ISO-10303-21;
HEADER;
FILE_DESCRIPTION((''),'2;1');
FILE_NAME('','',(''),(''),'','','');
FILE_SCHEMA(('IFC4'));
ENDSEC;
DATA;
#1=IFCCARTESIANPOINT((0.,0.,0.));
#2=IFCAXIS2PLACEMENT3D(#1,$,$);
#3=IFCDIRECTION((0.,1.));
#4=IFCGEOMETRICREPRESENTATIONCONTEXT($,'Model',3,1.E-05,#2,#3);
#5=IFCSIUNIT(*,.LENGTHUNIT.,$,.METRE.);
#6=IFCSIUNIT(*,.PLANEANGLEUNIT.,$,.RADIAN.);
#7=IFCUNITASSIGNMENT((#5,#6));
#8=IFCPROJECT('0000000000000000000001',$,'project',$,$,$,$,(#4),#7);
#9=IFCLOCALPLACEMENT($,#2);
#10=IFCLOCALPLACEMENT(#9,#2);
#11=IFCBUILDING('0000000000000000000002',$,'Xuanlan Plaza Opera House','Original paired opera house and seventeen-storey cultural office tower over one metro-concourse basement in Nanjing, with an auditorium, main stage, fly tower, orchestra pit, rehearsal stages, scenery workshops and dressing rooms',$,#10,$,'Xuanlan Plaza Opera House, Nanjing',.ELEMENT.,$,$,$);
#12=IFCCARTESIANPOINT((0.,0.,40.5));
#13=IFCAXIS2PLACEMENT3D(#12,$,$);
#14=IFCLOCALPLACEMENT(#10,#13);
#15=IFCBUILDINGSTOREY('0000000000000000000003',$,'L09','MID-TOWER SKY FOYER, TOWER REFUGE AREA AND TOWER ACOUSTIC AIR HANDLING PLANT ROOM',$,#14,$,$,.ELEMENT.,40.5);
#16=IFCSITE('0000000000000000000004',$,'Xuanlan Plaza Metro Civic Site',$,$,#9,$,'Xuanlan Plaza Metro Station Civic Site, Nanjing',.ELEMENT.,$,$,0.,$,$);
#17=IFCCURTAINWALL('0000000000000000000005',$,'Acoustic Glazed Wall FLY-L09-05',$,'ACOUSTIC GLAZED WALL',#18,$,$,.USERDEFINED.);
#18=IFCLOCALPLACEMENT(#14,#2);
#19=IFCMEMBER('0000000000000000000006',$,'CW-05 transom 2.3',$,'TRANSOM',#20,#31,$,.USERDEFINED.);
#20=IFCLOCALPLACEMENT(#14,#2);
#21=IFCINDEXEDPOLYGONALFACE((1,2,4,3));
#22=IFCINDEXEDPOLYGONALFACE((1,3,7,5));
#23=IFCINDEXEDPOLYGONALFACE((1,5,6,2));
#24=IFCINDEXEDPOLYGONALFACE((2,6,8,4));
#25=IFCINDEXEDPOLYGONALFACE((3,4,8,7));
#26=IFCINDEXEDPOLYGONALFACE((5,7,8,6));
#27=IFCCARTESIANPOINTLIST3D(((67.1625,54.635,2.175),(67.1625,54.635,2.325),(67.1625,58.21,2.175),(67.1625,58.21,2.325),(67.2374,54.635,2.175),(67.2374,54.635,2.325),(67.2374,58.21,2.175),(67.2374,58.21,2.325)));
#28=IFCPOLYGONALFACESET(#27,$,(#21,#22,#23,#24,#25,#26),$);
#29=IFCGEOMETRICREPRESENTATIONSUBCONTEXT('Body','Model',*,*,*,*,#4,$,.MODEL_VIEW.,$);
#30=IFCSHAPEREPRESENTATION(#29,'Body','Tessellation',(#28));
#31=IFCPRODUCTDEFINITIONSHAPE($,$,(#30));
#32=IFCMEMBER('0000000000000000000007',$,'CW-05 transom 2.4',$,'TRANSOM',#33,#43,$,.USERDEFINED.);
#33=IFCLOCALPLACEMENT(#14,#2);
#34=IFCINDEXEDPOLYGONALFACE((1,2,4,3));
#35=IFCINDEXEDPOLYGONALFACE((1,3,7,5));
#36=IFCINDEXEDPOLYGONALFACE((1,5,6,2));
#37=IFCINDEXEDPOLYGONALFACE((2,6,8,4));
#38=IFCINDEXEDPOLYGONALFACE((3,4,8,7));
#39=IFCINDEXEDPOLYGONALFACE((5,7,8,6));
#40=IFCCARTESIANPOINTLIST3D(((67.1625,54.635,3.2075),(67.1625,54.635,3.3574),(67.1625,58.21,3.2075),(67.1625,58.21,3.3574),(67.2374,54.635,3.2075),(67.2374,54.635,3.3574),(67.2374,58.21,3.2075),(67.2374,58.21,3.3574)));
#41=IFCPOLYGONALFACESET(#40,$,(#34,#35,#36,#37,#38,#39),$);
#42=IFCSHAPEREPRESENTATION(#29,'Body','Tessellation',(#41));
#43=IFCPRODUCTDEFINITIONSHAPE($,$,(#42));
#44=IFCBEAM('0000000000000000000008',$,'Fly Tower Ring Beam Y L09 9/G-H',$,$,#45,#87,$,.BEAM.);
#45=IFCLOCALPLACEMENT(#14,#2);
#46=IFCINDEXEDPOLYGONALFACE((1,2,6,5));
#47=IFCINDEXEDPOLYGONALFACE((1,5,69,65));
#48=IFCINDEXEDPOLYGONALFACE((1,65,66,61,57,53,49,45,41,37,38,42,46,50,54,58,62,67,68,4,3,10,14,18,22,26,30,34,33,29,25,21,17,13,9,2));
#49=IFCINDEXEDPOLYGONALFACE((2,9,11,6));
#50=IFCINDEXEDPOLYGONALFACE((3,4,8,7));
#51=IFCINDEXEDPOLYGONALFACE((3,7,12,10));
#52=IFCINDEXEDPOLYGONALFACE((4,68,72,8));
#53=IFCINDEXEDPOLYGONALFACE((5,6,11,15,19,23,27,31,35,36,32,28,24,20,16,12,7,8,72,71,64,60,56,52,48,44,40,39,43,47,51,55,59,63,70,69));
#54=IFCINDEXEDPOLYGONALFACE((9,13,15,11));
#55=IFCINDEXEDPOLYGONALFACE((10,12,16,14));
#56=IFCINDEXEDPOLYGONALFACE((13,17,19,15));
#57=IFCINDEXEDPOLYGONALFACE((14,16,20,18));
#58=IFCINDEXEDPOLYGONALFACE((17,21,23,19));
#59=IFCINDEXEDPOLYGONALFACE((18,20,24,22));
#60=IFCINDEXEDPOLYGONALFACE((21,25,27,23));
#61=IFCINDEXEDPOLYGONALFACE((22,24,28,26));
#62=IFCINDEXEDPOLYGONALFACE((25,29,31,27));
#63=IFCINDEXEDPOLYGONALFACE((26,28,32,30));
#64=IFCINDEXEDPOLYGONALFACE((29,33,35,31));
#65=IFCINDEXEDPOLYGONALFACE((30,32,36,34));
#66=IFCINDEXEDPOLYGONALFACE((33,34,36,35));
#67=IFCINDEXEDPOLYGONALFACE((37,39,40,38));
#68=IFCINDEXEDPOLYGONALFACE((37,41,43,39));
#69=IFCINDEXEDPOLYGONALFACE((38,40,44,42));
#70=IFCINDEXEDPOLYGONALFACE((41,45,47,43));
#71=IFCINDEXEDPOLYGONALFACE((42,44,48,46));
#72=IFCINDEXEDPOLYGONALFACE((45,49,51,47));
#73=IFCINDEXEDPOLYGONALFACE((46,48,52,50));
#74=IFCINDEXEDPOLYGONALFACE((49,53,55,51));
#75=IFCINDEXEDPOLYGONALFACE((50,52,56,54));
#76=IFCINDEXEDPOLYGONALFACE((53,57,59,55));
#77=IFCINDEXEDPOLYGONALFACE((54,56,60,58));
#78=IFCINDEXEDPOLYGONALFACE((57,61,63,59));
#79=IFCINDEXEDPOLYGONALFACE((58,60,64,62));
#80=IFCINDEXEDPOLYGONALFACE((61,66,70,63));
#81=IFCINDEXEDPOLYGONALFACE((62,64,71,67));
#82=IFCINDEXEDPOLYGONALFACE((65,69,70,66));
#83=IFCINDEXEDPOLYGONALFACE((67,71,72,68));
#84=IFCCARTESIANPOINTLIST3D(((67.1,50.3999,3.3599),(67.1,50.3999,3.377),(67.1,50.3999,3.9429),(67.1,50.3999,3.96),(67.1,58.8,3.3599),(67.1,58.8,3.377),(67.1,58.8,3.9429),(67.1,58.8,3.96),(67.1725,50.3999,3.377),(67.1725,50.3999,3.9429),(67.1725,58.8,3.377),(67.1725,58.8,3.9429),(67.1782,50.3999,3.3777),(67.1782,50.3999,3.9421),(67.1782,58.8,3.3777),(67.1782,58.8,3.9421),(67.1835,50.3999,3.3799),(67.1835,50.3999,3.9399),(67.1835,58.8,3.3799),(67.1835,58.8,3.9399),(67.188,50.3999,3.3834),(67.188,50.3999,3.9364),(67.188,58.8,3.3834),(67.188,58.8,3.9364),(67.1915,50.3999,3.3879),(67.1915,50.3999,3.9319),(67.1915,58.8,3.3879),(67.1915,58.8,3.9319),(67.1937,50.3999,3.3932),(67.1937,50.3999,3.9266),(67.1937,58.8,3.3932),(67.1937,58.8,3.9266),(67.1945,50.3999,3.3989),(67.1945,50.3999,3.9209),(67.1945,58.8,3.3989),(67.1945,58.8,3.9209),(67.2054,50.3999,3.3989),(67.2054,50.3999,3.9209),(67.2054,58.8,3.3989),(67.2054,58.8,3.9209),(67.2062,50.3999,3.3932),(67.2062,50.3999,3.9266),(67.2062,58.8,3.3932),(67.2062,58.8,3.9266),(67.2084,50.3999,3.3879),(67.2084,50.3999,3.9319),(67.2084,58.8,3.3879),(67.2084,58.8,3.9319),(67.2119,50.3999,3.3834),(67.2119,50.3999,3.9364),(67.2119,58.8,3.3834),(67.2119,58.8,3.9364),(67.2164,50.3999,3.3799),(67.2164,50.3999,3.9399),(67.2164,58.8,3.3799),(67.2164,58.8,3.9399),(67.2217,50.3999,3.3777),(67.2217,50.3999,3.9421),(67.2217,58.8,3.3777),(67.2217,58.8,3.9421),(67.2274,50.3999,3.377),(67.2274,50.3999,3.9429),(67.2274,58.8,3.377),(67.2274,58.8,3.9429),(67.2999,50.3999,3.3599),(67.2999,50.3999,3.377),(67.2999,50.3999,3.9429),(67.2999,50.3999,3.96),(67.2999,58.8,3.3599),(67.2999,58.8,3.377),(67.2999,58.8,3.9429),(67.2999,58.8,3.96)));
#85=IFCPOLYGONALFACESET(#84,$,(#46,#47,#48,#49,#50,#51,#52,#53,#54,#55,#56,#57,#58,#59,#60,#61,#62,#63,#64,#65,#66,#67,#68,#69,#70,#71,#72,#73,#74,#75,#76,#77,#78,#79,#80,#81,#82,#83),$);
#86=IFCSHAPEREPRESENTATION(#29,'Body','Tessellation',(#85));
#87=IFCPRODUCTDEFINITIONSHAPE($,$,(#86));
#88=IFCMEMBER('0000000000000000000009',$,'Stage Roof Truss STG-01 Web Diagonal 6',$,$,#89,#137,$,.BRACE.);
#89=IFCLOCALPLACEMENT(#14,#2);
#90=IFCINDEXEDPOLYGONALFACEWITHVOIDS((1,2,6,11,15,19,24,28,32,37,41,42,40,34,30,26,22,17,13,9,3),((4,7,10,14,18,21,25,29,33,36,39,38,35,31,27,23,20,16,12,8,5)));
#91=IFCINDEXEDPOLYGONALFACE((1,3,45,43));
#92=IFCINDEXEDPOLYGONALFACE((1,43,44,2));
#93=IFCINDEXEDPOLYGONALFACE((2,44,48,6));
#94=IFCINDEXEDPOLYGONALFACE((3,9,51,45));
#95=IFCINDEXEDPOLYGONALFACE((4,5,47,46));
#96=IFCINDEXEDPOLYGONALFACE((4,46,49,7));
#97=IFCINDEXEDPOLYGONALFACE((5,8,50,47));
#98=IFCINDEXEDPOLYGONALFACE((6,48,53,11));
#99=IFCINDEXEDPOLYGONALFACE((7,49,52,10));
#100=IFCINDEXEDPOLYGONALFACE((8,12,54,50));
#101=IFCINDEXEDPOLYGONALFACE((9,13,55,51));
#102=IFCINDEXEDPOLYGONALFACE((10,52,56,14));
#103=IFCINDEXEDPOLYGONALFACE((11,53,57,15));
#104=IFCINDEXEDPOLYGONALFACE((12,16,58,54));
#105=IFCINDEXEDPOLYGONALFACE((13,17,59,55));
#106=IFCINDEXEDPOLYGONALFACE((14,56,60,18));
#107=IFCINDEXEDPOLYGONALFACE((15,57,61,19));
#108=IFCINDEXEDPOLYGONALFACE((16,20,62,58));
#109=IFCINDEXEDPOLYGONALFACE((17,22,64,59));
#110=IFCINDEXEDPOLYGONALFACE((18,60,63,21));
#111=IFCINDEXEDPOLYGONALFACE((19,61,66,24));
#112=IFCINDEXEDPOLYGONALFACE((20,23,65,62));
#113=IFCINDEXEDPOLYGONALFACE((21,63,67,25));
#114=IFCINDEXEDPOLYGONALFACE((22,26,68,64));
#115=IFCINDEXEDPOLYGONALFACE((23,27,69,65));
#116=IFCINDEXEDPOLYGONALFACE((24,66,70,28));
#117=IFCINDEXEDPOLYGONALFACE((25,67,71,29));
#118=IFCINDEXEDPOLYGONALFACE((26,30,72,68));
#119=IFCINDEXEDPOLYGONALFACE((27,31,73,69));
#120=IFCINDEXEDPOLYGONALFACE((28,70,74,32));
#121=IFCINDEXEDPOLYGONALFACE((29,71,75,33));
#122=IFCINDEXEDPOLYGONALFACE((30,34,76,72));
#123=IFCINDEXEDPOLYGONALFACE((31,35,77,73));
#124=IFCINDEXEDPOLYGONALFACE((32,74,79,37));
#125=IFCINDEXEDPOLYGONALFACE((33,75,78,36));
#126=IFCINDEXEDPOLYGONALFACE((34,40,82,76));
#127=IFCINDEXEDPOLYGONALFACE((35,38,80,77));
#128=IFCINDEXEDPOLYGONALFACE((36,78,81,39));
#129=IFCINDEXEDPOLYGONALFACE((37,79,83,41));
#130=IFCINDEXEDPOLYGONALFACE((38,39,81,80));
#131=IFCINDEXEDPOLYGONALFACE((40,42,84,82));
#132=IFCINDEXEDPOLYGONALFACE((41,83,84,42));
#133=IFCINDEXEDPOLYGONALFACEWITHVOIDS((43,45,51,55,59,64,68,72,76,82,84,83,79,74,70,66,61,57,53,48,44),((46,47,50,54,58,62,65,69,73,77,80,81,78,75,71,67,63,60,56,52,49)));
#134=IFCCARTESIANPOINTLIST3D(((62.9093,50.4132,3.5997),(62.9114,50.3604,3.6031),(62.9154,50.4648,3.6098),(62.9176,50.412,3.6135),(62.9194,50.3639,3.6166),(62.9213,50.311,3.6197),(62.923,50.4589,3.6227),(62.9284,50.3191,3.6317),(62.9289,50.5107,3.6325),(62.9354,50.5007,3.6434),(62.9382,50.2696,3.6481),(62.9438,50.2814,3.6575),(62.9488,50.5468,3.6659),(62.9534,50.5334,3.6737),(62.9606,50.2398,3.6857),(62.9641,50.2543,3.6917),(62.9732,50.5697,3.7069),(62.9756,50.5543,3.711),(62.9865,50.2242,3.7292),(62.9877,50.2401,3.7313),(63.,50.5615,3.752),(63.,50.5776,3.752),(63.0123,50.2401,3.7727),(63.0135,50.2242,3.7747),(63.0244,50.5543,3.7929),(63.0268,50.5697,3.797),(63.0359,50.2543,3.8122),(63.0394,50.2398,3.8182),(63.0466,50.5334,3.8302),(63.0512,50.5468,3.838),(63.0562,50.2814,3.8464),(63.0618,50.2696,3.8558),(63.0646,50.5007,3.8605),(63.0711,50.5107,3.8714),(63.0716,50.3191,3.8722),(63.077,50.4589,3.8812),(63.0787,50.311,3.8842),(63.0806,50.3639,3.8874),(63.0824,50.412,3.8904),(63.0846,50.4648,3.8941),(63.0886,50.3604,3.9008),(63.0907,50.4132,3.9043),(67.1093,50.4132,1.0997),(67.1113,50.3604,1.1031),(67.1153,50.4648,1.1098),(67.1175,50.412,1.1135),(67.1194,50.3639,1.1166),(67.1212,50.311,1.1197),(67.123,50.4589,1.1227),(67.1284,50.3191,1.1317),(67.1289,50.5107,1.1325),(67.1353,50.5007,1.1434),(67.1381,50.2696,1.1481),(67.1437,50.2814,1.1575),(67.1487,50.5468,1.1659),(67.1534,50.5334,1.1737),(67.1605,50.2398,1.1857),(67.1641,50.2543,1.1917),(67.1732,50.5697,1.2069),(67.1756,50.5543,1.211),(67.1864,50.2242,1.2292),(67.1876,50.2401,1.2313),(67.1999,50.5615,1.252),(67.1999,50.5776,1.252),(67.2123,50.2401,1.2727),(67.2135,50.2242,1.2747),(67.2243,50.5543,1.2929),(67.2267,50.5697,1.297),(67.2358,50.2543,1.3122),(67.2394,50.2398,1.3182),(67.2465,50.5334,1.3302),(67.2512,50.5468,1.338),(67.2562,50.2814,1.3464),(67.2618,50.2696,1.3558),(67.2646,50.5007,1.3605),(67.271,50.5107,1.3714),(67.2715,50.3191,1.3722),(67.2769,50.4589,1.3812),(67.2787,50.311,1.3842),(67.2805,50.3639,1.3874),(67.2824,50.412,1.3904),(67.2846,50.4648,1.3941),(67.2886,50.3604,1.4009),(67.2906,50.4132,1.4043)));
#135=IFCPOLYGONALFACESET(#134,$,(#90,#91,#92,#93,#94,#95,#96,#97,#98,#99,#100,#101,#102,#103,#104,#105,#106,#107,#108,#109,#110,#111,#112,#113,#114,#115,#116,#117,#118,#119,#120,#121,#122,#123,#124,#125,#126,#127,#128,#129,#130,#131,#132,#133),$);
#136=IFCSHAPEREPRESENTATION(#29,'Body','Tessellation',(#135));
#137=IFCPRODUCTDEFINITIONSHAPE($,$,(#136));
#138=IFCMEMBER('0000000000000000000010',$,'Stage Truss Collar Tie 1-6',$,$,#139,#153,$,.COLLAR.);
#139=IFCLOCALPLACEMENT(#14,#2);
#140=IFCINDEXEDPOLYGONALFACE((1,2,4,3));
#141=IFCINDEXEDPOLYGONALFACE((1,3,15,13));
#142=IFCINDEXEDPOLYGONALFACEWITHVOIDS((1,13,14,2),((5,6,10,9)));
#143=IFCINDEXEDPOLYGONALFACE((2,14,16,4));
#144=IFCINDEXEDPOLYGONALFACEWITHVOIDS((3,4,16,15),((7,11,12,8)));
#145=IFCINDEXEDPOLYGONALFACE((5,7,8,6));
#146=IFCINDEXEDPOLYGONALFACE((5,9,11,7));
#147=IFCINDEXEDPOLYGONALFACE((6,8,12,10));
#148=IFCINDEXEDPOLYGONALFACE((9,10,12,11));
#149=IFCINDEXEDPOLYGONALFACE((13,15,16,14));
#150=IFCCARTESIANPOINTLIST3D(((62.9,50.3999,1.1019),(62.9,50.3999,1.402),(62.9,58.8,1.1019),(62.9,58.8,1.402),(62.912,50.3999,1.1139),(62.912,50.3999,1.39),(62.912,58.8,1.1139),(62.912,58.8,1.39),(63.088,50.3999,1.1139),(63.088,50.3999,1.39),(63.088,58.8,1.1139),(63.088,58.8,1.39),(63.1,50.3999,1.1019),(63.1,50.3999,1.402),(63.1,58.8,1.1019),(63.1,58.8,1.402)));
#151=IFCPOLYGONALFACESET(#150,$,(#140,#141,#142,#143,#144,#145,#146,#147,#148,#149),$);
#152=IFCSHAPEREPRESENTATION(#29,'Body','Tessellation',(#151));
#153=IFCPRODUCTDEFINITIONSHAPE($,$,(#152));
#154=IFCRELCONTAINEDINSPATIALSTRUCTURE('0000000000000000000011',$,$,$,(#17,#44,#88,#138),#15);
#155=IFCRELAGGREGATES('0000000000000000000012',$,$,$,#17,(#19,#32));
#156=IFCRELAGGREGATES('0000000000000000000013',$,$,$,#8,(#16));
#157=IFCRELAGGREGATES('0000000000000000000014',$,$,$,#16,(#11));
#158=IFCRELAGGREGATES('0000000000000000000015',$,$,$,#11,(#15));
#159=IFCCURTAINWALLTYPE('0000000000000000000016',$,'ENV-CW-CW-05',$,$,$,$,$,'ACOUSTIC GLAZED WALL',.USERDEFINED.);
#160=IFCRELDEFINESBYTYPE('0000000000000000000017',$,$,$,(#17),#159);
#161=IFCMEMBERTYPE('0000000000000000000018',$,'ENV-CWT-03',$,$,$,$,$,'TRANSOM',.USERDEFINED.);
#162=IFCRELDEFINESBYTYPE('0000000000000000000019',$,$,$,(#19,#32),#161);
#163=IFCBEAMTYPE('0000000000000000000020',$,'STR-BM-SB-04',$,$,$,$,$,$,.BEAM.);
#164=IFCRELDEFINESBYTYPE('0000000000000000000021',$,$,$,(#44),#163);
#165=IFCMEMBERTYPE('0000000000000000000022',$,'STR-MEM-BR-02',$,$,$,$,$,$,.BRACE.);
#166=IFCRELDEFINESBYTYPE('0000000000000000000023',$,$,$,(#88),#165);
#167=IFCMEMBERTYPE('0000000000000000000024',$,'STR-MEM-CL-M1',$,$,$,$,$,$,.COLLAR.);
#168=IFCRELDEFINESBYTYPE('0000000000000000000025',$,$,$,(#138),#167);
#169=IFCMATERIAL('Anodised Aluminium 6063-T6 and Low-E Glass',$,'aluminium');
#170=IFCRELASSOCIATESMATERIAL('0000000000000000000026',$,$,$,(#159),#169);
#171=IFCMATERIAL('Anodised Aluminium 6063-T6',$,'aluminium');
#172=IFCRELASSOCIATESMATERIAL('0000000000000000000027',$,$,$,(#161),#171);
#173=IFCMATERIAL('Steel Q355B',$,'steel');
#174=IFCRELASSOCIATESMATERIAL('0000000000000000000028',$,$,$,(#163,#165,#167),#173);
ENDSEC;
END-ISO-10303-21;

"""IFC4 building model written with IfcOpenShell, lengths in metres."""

from ifc_helpers import new_model, si_unit, direction, frame, origin, origin_2d, place, context, subcontext, project, spatial, rectangle, hollow_rectangle, hollow_circle, i_section, extrude, material, material_profile, profile_set, type_object, element, aggregate, save


model = new_model("IFC4")

# Units and contexts
model_context = context("Model", 3, precision=1e-05, world=origin(), true_north=direction((0.0, 1.0)))
body_context = subcontext(model_context, "Body", "Model", "MODEL_VIEW")
ifc_project = project(units=[si_unit("LENGTHUNIT", "METRE"), si_unit("PLANEANGLEUNIT", "RADIAN")], contexts=[model_context])

# Site, building, storey
site_placement = place(None, origin())
site = spatial("IfcSite", under=ifc_project, at=site_placement, Name="Xuanlan Plaza Metro Civic Site", LongName="Xuanlan Plaza Metro Station Civic Site, Nanjing", CompositionType="ELEMENT", RefElevation=0.0)
building_placement = place(site_placement, origin())
building = spatial("IfcBuilding", under=site, at=building_placement, Name="Xuanlan Plaza Opera House", Description="Original paired opera house and seventeen-storey cultural office tower over one metro-concourse basement in Nanjing, with an auditorium, main stage, fly tower, orchestra pit, rehearsal stages, scenery workshops and dressing rooms", LongName="Xuanlan Plaza Opera House, Nanjing", CompositionType="ELEMENT")
storey_placement = place(building_placement, frame((0.0, 0.0, 40.5)))
storey = spatial("IfcBuildingStorey", under=building, at=storey_placement, Name="L09", Description="MID-TOWER SKY FOYER, TOWER REFUGE AREA AND TOWER ACOUSTIC AIR HANDLING PLANT ROOM", CompositionType="ELEMENT", Elevation=40.5)

# Shared definitions
ifc_material_1 = material(Name="Anodised Aluminium 6063-T6 and Low-E Glass", Category="aluminium")
curtain_wall_type = type_object("IfcCurtainWallType", Name="ENV-CW-CW-05", ElementType="ACOUSTIC GLAZED WALL", PredefinedType="USERDEFINED", material=ifc_material_1)
ifc_material_2 = material(Name="Anodised Aluminium 6063-T6", Category="aluminium")

# Curtain wall
curtain_wall_1_placement = place(storey_placement, origin())
curtain_wall_1 = element("IfcCurtainWall", 1, at=curtain_wall_1_placement, inside=storey, type_object=curtain_wall_type, Name="Acoustic Glazed Wall FLY-L09-05", ObjectType="ACOUSTIC GLAZED WALL", PredefinedType="USERDEFINED")

# Members
ifc_material_profile_1 = material_profile(ifc_material_2, rectangle(XDim=0.075, YDim=0.1499, at=origin_2d()), Name="ALU-T 75x150")
ifc_profile_set_1 = profile_set([ifc_material_profile_1], Name="Anodised Aluminium 6063-T6")
member_type_1 = type_object("IfcMemberType", Name="ENV-CWT-03", ElementType="TRANSOM", PredefinedType="USERDEFINED", material=ifc_profile_set_1)
member_1_placement = place(storey_placement, frame((67.2, 54.635, 2.25), z_axis=(0.0, 1.0, 0.0), x_axis=(-1.0, 0.0, 0.0)))
member_1 = element("IfcMember", 2, at=member_1_placement, type_object=member_type_1, Name="CW-05 transom 2.3", ObjectType="TRANSOM", PredefinedType="USERDEFINED", context=body_context, shape_type="SweptSolid", body=[
    extrude(rectangle(XDim=0.075, YDim=0.1499, at=origin_2d()), origin(), (0.0, 0.0, 1.0), 3.575),
])
member_2_placement = place(storey_placement, frame((67.2, 54.635, 3.2825), z_axis=(0.0, 1.0, 0.0), x_axis=(-1.0, 0.0, 0.0)))
member_2 = element("IfcMember", 3, at=member_2_placement, type_object=member_type_1, Name="CW-05 transom 2.4", ObjectType="TRANSOM", PredefinedType="USERDEFINED", context=body_context, shape_type="SweptSolid", body=[
    extrude(rectangle(XDim=0.075, YDim=0.1499, at=origin_2d()), origin(), (0.0, 0.0, 1.0), 3.575),
])

# Beam
ifc_material_3 = material(Name="Steel Q355B", Category="steel")
ifc_material_profile_2 = material_profile(ifc_material_3, i_section(OverallWidth=0.2, OverallDepth=0.6001, WebThickness=0.011, FlangeThickness=0.0171, FilletRadius=0.022, at=origin_2d()), Name="HN 600x200x11x17")
ifc_profile_set_2 = profile_set([ifc_material_profile_2], Name="Steel Q355B")
beam_type = type_object("IfcBeamType", Name="STR-BM-SB-04", PredefinedType="BEAM", material=ifc_profile_set_2)
beam_placement = place(storey_placement, frame((67.2, 50.3999, 3.6599), z_axis=(0.0, 1.0, 0.0), x_axis=(-1.0, 0.0, 0.0)))
element("IfcBeam", 4, at=beam_placement, inside=storey, type_object=beam_type, Name="Fly Tower Ring Beam Y L09 9/G-H", PredefinedType="BEAM", context=body_context, shape_type="SweptSolid", body=[
    extrude(i_section(OverallWidth=0.2, OverallDepth=0.6001, WebThickness=0.011, FlangeThickness=0.0171, FilletRadius=0.022, at=origin_2d()), origin(), (0.0, 0.0, 1.0), 8.4001),
])

# Members
ifc_material_profile_3 = material_profile(ifc_material_3, hollow_circle(Radius=0.1777, WallThickness=0.0161, at=origin_2d()), Name="CHS 355.6x16")
ifc_profile_set_3 = profile_set([ifc_material_profile_3], Name="Steel Q355B")
member_type_2 = type_object("IfcMemberType", Name="STR-MEM-BR-02", PredefinedType="BRACE", material=ifc_profile_set_3)
member_3_placement = place(storey_placement, frame((63.0, 50.3999, 3.752), z_axis=(0.85929, 0.0, -0.511488), x_axis=(0.0, 1.0, 0.0)))
element("IfcMember", 5, at=member_3_placement, inside=storey, type_object=member_type_2, Name="Stage Roof Truss STG-01 Web Diagonal 6", PredefinedType="BRACE", context=body_context, shape_type="SweptSolid", body=[
    extrude(hollow_circle(Radius=0.1777, WallThickness=0.0161, at=origin_2d()), origin(), (0.0, 0.0, 1.0), 4.8877),
])
ifc_material_profile_4 = material_profile(ifc_material_3, hollow_rectangle(XDim=0.2, YDim=0.3, WallThickness=0.012, at=origin_2d()), Name="RHS 300x200x12")
ifc_profile_set_4 = profile_set([ifc_material_profile_4], Name="Steel Q355B")
member_type_3 = type_object("IfcMemberType", Name="STR-MEM-CL-M1", PredefinedType="COLLAR", material=ifc_profile_set_4)
member_4_placement = place(storey_placement, frame((63.0, 50.3999, 1.252), z_axis=(0.0, 1.0, 0.0), x_axis=(-1.0, 0.0, 0.0)))
element("IfcMember", 6, at=member_4_placement, inside=storey, type_object=member_type_3, Name="Stage Truss Collar Tie 1-6", PredefinedType="COLLAR", context=body_context, shape_type="SweptSolid", body=[
    extrude(hollow_rectangle(XDim=0.2, YDim=0.3, WallThickness=0.012, at=origin_2d()), origin(), (0.0, 0.0, 1.0), 8.4001),
])

aggregate(curtain_wall_1, [member_1, member_2])

save(model, "model.ifc")
